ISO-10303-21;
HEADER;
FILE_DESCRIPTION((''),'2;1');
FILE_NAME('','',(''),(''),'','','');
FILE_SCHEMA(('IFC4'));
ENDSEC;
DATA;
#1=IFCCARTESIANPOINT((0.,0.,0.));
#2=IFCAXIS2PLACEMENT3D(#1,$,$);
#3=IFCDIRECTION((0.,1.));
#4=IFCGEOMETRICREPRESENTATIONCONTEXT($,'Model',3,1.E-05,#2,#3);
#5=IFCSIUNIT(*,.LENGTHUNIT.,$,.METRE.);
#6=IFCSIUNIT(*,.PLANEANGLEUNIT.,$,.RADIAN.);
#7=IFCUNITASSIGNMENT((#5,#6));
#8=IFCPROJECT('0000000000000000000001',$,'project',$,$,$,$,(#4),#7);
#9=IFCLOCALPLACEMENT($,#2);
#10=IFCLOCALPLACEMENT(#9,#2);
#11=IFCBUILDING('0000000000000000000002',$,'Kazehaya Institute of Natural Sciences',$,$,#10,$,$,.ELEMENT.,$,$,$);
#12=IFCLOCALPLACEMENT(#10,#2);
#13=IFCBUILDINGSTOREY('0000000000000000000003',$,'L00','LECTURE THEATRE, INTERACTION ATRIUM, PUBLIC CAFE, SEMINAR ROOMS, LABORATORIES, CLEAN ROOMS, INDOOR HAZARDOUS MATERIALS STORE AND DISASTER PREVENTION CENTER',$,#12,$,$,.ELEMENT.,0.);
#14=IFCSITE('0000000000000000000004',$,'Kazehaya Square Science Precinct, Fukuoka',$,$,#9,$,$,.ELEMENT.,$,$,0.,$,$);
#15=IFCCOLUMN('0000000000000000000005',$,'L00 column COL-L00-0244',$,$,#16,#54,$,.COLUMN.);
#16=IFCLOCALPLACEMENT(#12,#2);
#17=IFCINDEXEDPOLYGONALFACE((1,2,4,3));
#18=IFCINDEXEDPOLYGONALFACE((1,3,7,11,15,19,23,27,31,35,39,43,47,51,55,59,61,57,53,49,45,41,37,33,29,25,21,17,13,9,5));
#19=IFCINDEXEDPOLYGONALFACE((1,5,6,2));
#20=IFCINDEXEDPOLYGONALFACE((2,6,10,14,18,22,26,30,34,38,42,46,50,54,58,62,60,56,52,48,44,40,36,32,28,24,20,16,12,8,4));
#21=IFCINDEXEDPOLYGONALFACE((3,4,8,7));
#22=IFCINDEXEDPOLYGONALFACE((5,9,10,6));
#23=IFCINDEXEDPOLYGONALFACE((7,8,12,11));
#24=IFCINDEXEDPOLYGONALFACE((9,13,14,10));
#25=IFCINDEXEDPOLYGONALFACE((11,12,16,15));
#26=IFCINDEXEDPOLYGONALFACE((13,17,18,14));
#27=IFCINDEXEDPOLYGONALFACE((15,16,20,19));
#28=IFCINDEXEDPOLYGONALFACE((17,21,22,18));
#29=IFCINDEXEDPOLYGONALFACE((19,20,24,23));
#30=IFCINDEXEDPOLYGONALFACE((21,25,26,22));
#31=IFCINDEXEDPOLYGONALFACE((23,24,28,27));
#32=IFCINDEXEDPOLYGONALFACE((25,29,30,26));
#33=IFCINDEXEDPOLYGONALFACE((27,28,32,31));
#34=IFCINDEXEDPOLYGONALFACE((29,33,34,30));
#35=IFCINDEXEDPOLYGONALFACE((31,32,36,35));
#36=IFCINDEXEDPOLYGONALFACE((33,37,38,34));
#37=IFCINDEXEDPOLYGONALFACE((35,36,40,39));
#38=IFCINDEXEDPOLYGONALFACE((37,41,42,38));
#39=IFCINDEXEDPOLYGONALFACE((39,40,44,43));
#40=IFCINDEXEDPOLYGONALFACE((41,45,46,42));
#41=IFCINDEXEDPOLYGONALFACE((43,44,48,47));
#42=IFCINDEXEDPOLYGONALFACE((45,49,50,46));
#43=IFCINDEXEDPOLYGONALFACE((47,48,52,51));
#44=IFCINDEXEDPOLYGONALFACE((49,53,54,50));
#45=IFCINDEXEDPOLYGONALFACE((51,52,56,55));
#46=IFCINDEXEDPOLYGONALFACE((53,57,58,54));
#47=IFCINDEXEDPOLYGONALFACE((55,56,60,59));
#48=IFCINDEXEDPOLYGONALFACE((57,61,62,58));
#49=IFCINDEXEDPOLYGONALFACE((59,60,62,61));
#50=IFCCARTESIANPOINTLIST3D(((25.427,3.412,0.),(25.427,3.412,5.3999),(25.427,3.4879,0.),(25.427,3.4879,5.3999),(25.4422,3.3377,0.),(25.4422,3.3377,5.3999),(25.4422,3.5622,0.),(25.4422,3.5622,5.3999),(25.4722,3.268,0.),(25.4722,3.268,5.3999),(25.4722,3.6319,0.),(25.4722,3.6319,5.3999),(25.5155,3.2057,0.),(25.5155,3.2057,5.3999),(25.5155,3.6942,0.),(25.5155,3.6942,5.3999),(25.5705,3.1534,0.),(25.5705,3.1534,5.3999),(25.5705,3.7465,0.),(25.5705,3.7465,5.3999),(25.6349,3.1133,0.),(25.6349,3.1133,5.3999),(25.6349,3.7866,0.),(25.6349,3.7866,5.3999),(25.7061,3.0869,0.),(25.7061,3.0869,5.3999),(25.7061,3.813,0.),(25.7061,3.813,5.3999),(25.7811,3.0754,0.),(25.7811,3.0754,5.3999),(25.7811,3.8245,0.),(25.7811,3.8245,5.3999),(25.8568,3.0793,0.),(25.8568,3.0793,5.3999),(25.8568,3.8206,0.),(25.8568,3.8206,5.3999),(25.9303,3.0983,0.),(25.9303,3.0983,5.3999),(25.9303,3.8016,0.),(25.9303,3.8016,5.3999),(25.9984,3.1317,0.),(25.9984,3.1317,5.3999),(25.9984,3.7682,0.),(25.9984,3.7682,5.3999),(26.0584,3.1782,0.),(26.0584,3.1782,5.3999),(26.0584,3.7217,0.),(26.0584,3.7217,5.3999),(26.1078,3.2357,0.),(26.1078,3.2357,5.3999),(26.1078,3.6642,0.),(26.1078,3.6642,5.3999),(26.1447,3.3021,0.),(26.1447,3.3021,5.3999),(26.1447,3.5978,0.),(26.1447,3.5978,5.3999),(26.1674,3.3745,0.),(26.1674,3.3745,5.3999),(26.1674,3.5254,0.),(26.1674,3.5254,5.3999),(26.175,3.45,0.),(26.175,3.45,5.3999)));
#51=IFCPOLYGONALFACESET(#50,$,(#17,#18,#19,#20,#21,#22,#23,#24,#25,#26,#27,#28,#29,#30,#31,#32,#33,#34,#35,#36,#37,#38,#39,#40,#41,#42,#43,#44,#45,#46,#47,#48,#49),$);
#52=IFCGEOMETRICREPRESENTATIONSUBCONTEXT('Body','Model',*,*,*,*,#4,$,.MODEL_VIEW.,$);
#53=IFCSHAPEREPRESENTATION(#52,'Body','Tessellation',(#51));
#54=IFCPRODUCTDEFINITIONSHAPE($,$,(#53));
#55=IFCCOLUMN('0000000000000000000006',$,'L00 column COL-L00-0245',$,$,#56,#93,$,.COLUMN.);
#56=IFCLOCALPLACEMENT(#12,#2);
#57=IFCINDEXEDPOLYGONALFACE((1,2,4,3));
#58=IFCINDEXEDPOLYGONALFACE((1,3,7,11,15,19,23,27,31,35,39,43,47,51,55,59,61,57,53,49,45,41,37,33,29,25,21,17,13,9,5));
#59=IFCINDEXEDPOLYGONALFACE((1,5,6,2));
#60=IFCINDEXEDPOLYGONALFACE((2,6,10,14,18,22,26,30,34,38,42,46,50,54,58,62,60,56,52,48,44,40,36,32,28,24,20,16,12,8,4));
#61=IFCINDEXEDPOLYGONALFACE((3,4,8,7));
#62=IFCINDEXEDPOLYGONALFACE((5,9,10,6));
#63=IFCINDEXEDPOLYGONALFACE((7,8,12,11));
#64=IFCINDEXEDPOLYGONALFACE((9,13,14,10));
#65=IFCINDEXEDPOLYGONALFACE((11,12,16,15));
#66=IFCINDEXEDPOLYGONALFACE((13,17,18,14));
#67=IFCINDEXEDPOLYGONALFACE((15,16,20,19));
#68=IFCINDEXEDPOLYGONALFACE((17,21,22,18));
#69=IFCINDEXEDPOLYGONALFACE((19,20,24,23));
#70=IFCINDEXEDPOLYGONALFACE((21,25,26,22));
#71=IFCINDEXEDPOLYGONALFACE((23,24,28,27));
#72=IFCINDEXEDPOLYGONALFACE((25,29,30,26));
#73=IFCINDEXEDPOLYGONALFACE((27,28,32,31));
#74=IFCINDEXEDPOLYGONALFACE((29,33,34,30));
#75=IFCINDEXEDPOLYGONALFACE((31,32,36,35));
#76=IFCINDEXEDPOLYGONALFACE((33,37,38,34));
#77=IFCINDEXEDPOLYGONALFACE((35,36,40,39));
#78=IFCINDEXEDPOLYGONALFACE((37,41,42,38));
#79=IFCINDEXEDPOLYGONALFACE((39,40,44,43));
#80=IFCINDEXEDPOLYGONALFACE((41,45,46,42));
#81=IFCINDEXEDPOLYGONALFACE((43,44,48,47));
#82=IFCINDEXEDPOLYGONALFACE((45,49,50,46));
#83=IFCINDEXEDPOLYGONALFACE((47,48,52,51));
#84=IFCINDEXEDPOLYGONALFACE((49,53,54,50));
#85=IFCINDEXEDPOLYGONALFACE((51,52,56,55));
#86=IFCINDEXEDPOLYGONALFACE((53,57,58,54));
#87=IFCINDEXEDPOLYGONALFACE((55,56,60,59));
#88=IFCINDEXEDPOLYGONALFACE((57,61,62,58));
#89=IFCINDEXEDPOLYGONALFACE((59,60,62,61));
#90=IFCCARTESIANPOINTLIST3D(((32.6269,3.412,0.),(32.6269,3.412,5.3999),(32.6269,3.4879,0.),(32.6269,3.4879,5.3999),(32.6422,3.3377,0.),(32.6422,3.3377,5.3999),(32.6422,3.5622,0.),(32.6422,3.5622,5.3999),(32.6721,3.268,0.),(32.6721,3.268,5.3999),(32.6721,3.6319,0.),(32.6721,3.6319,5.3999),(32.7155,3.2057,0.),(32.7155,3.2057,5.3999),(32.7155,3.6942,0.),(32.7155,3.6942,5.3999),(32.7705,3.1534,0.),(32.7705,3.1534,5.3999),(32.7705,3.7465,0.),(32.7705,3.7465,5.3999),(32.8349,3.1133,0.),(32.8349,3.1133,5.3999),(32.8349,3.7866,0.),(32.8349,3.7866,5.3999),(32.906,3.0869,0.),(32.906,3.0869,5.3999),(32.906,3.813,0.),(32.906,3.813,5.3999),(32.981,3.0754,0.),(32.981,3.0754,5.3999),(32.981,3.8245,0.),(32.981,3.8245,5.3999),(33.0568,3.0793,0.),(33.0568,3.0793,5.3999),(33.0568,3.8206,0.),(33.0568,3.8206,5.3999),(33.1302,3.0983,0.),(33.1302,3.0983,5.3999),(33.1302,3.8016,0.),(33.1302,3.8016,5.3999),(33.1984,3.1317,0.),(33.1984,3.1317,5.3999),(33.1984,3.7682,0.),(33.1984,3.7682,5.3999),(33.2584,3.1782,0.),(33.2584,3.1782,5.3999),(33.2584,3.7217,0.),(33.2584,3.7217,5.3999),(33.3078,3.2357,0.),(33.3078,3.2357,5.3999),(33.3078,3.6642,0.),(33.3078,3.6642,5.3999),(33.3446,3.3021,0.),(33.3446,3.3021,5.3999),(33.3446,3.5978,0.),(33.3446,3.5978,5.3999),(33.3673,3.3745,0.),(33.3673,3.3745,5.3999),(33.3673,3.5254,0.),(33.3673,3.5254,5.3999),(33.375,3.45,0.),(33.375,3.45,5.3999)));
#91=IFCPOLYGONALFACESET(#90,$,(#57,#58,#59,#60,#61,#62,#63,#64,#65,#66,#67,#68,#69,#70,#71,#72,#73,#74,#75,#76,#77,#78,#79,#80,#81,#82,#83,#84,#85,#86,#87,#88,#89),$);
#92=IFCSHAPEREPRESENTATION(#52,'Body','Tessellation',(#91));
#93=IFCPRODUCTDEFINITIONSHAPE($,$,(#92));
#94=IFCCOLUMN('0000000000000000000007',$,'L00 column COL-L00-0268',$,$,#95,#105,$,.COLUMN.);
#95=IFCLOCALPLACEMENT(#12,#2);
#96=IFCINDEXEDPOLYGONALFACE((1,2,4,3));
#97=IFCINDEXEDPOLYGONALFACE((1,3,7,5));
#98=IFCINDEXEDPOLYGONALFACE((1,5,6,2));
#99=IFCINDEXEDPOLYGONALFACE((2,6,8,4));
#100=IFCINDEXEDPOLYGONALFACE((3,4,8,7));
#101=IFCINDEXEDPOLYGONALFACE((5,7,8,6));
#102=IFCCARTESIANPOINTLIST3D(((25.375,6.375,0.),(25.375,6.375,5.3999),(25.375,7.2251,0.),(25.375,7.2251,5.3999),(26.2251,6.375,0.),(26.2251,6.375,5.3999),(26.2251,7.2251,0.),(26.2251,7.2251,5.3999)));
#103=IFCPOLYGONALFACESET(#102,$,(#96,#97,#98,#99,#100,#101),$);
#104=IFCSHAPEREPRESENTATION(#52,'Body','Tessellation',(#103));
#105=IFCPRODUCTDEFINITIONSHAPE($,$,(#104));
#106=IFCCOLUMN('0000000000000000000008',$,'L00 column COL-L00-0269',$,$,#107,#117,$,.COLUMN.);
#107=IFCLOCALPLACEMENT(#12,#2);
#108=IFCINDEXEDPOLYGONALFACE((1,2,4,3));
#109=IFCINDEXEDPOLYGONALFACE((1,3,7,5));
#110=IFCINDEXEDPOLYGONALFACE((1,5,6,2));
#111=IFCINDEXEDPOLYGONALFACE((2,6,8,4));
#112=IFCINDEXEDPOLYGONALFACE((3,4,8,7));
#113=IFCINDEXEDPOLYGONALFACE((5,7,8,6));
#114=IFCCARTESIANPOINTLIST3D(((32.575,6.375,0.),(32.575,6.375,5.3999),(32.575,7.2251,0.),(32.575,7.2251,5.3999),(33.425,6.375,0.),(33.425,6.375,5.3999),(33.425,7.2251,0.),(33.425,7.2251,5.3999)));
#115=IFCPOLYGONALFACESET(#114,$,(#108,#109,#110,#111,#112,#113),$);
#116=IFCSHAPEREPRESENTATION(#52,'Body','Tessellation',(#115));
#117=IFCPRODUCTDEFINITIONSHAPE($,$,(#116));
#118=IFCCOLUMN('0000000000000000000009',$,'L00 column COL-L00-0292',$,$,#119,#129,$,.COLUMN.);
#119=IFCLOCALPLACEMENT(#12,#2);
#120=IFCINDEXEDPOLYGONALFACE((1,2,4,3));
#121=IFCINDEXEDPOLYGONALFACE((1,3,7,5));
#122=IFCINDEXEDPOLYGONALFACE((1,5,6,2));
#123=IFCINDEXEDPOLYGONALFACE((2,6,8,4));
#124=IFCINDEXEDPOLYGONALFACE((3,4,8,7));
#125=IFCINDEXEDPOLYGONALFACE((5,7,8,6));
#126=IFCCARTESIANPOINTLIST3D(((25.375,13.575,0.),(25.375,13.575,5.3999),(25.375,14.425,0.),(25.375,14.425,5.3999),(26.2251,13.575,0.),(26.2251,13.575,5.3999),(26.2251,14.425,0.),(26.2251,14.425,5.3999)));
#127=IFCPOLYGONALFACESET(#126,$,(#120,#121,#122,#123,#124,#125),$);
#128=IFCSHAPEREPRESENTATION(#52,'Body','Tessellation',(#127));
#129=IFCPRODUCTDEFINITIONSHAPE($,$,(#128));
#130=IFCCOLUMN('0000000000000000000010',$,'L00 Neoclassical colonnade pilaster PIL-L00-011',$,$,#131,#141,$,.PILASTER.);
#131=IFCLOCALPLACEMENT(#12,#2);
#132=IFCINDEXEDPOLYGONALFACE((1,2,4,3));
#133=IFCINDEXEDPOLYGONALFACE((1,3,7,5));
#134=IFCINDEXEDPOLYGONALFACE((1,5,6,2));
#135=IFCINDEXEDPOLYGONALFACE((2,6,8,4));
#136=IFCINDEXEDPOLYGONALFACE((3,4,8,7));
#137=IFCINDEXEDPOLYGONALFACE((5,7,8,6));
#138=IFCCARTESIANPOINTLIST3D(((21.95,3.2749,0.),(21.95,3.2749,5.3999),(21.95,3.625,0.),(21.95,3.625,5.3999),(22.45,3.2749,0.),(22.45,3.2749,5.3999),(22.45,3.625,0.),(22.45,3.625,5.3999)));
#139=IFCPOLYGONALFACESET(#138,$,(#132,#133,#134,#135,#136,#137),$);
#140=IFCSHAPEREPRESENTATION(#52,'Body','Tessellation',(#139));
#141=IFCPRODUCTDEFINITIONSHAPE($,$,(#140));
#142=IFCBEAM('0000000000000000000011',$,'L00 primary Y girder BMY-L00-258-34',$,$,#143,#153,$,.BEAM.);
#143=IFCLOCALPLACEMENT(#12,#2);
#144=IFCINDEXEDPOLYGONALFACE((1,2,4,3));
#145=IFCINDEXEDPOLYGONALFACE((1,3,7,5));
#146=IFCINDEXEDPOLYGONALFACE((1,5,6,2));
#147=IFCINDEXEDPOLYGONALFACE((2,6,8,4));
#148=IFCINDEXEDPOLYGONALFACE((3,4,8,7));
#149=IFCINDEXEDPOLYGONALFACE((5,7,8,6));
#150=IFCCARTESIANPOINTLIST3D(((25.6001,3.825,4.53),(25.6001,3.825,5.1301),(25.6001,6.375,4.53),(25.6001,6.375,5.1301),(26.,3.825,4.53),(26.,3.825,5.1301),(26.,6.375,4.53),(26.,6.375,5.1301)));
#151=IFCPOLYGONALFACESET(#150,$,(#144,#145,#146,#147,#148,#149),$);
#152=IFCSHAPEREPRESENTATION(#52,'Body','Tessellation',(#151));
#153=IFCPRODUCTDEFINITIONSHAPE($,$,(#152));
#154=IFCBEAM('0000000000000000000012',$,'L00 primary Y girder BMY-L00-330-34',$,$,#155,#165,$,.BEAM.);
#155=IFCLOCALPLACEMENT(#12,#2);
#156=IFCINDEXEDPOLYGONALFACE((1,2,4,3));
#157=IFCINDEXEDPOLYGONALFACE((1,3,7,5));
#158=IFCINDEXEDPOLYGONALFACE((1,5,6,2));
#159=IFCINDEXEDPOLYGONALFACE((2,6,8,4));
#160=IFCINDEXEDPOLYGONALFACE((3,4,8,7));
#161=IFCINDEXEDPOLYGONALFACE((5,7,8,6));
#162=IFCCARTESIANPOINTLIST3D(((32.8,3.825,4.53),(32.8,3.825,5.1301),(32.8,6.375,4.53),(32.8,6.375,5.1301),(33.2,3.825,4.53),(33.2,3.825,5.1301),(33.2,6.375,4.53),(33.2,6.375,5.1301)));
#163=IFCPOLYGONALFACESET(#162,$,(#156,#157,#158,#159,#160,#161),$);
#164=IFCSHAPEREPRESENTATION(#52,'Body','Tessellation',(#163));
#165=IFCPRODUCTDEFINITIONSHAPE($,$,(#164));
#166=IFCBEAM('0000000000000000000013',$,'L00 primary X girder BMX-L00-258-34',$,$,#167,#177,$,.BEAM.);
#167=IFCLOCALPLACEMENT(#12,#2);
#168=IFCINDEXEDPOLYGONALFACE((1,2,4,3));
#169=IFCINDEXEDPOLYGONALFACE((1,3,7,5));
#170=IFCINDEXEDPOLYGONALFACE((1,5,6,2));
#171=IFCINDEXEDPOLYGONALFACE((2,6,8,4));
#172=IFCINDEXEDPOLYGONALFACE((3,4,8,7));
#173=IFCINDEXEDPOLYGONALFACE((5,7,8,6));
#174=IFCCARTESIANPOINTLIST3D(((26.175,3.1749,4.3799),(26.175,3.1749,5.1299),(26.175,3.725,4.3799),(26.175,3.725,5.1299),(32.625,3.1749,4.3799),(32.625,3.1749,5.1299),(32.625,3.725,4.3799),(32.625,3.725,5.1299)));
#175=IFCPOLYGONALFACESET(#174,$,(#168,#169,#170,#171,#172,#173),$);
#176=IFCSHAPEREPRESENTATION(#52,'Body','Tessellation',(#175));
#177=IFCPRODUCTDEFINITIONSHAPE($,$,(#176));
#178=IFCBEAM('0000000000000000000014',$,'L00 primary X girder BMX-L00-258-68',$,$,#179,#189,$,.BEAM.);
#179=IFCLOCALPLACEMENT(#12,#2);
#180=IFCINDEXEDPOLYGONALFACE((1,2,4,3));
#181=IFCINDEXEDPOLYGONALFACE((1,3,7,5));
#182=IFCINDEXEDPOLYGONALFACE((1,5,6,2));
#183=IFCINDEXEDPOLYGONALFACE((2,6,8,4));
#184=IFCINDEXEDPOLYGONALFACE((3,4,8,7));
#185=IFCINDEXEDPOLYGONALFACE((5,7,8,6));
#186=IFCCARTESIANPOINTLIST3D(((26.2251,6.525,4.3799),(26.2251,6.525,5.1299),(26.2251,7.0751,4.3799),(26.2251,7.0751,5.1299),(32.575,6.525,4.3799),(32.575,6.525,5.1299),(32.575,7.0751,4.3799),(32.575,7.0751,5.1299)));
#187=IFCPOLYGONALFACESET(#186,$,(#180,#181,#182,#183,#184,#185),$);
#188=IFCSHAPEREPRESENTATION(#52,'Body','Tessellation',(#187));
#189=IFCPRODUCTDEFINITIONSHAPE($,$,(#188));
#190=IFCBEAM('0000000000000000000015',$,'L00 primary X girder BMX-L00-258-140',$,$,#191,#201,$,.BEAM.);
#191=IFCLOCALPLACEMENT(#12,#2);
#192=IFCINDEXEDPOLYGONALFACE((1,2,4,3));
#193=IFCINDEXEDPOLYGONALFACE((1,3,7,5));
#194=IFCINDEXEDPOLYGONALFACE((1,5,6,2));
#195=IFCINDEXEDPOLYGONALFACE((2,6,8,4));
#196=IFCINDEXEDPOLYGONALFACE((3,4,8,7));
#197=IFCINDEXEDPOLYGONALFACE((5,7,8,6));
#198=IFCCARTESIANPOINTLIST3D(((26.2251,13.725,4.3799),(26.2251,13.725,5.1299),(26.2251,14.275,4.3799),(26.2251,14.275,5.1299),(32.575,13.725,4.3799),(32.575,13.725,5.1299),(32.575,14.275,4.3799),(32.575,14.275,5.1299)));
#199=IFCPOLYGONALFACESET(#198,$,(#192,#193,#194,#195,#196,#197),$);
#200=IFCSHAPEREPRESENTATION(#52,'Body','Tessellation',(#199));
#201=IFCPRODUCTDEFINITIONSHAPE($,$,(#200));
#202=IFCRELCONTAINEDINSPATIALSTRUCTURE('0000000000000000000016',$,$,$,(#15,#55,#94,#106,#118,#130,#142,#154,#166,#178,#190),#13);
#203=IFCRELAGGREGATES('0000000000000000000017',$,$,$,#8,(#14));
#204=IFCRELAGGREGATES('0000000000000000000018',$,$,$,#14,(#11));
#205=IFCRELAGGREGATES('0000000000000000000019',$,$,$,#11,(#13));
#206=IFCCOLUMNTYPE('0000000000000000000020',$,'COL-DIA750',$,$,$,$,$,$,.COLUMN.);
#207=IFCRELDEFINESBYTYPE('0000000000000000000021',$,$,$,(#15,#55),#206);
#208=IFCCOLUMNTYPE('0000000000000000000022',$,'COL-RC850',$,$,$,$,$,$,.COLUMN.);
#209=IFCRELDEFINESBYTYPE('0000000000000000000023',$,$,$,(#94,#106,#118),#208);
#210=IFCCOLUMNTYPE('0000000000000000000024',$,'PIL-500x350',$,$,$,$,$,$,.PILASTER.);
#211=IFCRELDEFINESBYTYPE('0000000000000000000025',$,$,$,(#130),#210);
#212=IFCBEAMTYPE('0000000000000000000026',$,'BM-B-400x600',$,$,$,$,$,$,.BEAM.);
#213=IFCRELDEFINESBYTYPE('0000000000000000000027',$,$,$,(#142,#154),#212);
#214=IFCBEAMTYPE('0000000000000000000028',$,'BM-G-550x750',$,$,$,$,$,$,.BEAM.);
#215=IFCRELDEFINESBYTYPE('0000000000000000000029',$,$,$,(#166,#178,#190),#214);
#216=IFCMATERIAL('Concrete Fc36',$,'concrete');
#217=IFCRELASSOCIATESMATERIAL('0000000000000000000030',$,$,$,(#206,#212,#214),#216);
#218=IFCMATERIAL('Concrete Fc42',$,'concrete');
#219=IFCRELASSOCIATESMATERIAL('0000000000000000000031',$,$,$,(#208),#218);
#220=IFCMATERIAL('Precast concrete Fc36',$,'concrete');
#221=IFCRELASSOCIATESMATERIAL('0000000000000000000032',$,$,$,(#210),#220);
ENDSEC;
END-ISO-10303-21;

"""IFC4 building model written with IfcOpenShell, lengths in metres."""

from ifc_helpers import new_model, si_unit, direction, frame, origin, origin_2d, place, context, subcontext, project, spatial, rectangle, circle, extrude, material, material_profile, profile_set, type_object, element, save


model = new_model("IFC4")

# Units and contexts
model_context = context("Model", 3, precision=1e-05, world=origin(), true_north=direction((0.0, 1.0)))
body_context = subcontext(model_context, "Body", "Model", "MODEL_VIEW")
ifc_project = project(units=[si_unit("LENGTHUNIT", "METRE"), si_unit("PLANEANGLEUNIT", "RADIAN")], contexts=[model_context])

# Site, building, storey
site_placement = place(None, origin())
site = spatial("IfcSite", under=ifc_project, at=site_placement, Name="Kazehaya Square Science Precinct, Fukuoka", CompositionType="ELEMENT", RefElevation=0.0)
building_placement = place(site_placement, origin())
building = spatial("IfcBuilding", under=site, at=building_placement, Name="Kazehaya Institute of Natural Sciences", CompositionType="ELEMENT")
storey_placement = place(building_placement, origin())
storey = spatial("IfcBuildingStorey", under=building, at=storey_placement, Name="L00", Description="LECTURE THEATRE, INTERACTION ATRIUM, PUBLIC CAFE, SEMINAR ROOMS, LABORATORIES, CLEAN ROOMS, INDOOR HAZARDOUS MATERIALS STORE AND DISASTER PREVENTION CENTER", CompositionType="ELEMENT", Elevation=0.0)

# Columns
ifc_material_1 = material(Name="Concrete Fc36", Category="concrete")
ifc_material_profile_1 = material_profile(ifc_material_1, circle(Radius=0.375, at=origin_2d()), Name="RC-DIA750")
ifc_profile_set_1 = profile_set([ifc_material_profile_1], Name="Concrete Fc36")
column_type_1 = type_object("IfcColumnType", Name="COL-DIA750", PredefinedType="COLUMN", material=ifc_profile_set_1)
for number, where, z_axis, x_axis, name in (
    (1, (25.8, 3.45, 0.0), (0.0, 0.0, 1.0), (1.0, 0.0, 0.0), "L00 column COL-L00-0244"),
    (2, (33.0, 3.45, 0.0), (0.0, 0.0, 1.0), (1.0, 0.0, 0.0), "L00 column COL-L00-0245"),
):
    element("IfcColumn", number, at=place(storey_placement, frame(where, z_axis=z_axis, x_axis=x_axis)), inside=storey, type_object=column_type_1, Name=name, PredefinedType="COLUMN", context=body_context, shape_type="SweptSolid", body=[
        extrude(circle(Radius=0.375, at=origin_2d()), origin(), (0.0, 0.0, 1.0), 5.3999),
    ])
ifc_material_2 = material(Name="Concrete Fc42", Category="concrete")
ifc_material_profile_2 = material_profile(ifc_material_2, rectangle(XDim=0.8501, YDim=0.8501, at=origin_2d()), Name="RC-850x850")
ifc_profile_set_2 = profile_set([ifc_material_profile_2], Name="Concrete Fc42")
column_type_2 = type_object("IfcColumnType", Name="COL-RC850", PredefinedType="COLUMN", material=ifc_profile_set_2)
for number, where, z_axis, x_axis, name in (
    (3, (25.8, 6.8, 0.0), (0.0, 0.0, 1.0), (1.0, 0.0, 0.0), "L00 column COL-L00-0268"),
    (4, (33.0, 6.8, 0.0), (0.0, 0.0, 1.0), (1.0, 0.0, 0.0), "L00 column COL-L00-0269"),
    (5, (25.8, 14.0, 0.0), (0.0, 0.0, 1.0), (1.0, 0.0, 0.0), "L00 column COL-L00-0292"),
):
    element("IfcColumn", number, at=place(storey_placement, frame(where, z_axis=z_axis, x_axis=x_axis)), inside=storey, type_object=column_type_2, Name=name, PredefinedType="COLUMN", context=body_context, shape_type="SweptSolid", body=[
        extrude(rectangle(XDim=0.8501, YDim=0.8501, at=origin_2d()), origin(), (0.0, 0.0, 1.0), 5.3999),
    ])
ifc_material_3 = material(Name="Precast concrete Fc36", Category="concrete")
ifc_material_profile_3 = material_profile(ifc_material_3, rectangle(XDim=0.5, YDim=0.3501, at=origin_2d()), Name="RC-PIL-500x350")
ifc_profile_set_3 = profile_set([ifc_material_profile_3], Name="Precast concrete Fc36")
column_type_3 = type_object("IfcColumnType", Name="PIL-500x350", PredefinedType="PILASTER", material=ifc_profile_set_3)
column_placement = place(storey_placement, frame((22.2, 3.45, 0.0), z_axis=(0.0, 0.0, 1.0), x_axis=(1.0, 0.0, 0.0)))
element("IfcColumn", 6, at=column_placement, inside=storey, type_object=column_type_3, Name="L00 Neoclassical colonnade pilaster PIL-L00-011", PredefinedType="PILASTER", context=body_context, shape_type="SweptSolid", body=[
    extrude(rectangle(XDim=0.5, YDim=0.3501, at=origin_2d()), origin(), (0.0, 0.0, 1.0), 5.3999),
])

# Beams
ifc_material_profile_4 = material_profile(ifc_material_1, rectangle(XDim=0.3999, YDim=0.6001, at=origin_2d()), Name="RC-400x600")
ifc_profile_set_4 = profile_set([ifc_material_profile_4], Name="Concrete Fc36")
beam_type_1 = type_object("IfcBeamType", Name="BM-B-400x600", PredefinedType="BEAM", material=ifc_profile_set_4)
for number, where, z_axis, x_axis, name in (
    (7, (25.8, 3.825, 4.8301), (0.0, 1.0, 0.0), (-1.0, 0.0, 0.0), "L00 primary Y girder BMY-L00-258-34"),
    (8, (33.0, 3.825, 4.8301), (0.0, 1.0, 0.0), (-1.0, 0.0, 0.0), "L00 primary Y girder BMY-L00-330-34"),
):
    element("IfcBeam", number, at=place(storey_placement, frame(where, z_axis=z_axis, x_axis=x_axis)), inside=storey, type_object=beam_type_1, Name=name, PredefinedType="BEAM", context=body_context, shape_type="SweptSolid", body=[
        extrude(rectangle(XDim=0.3999, YDim=0.6001, at=origin_2d()), origin(), (0.0, 0.0, 1.0), 2.55),
    ])
ifc_material_profile_5 = material_profile(ifc_material_1, rectangle(XDim=0.55, YDim=0.75, at=origin_2d()), Name="RC-550x750")
ifc_profile_set_5 = profile_set([ifc_material_profile_5], Name="Concrete Fc36")
beam_type_2 = type_object("IfcBeamType", Name="BM-G-550x750", PredefinedType="BEAM", material=ifc_profile_set_5)
beam_placement = place(storey_placement, frame((26.175, 3.45, 4.7549), z_axis=(1.0, 0.0, 0.0), x_axis=(0.0, 1.0, 0.0)))
element("IfcBeam", 9, at=beam_placement, inside=storey, type_object=beam_type_2, Name="L00 primary X girder BMX-L00-258-34", PredefinedType="BEAM", context=body_context, shape_type="SweptSolid", body=[
    extrude(rectangle(XDim=0.55, YDim=0.75, at=origin_2d()), origin(), (0.0, 0.0, 1.0), 6.45),
])
for number, where, z_axis, x_axis, name in (
    (10, (26.2251, 6.8, 4.7549), (1.0, 0.0, 0.0), (0.0, 1.0, 0.0), "L00 primary X girder BMX-L00-258-68"),
    (11, (26.2251, 14.0, 4.7549), (1.0, 0.0, 0.0), (0.0, 1.0, 0.0), "L00 primary X girder BMX-L00-258-140"),
):
    element("IfcBeam", number, at=place(storey_placement, frame(where, z_axis=z_axis, x_axis=x_axis)), inside=storey, type_object=beam_type_2, Name=name, PredefinedType="BEAM", context=body_context, shape_type="SweptSolid", body=[
        extrude(rectangle(XDim=0.55, YDim=0.75, at=origin_2d()), origin(), (0.0, 0.0, 1.0), 6.3499),
    ])

save(model, "model.ifc")
